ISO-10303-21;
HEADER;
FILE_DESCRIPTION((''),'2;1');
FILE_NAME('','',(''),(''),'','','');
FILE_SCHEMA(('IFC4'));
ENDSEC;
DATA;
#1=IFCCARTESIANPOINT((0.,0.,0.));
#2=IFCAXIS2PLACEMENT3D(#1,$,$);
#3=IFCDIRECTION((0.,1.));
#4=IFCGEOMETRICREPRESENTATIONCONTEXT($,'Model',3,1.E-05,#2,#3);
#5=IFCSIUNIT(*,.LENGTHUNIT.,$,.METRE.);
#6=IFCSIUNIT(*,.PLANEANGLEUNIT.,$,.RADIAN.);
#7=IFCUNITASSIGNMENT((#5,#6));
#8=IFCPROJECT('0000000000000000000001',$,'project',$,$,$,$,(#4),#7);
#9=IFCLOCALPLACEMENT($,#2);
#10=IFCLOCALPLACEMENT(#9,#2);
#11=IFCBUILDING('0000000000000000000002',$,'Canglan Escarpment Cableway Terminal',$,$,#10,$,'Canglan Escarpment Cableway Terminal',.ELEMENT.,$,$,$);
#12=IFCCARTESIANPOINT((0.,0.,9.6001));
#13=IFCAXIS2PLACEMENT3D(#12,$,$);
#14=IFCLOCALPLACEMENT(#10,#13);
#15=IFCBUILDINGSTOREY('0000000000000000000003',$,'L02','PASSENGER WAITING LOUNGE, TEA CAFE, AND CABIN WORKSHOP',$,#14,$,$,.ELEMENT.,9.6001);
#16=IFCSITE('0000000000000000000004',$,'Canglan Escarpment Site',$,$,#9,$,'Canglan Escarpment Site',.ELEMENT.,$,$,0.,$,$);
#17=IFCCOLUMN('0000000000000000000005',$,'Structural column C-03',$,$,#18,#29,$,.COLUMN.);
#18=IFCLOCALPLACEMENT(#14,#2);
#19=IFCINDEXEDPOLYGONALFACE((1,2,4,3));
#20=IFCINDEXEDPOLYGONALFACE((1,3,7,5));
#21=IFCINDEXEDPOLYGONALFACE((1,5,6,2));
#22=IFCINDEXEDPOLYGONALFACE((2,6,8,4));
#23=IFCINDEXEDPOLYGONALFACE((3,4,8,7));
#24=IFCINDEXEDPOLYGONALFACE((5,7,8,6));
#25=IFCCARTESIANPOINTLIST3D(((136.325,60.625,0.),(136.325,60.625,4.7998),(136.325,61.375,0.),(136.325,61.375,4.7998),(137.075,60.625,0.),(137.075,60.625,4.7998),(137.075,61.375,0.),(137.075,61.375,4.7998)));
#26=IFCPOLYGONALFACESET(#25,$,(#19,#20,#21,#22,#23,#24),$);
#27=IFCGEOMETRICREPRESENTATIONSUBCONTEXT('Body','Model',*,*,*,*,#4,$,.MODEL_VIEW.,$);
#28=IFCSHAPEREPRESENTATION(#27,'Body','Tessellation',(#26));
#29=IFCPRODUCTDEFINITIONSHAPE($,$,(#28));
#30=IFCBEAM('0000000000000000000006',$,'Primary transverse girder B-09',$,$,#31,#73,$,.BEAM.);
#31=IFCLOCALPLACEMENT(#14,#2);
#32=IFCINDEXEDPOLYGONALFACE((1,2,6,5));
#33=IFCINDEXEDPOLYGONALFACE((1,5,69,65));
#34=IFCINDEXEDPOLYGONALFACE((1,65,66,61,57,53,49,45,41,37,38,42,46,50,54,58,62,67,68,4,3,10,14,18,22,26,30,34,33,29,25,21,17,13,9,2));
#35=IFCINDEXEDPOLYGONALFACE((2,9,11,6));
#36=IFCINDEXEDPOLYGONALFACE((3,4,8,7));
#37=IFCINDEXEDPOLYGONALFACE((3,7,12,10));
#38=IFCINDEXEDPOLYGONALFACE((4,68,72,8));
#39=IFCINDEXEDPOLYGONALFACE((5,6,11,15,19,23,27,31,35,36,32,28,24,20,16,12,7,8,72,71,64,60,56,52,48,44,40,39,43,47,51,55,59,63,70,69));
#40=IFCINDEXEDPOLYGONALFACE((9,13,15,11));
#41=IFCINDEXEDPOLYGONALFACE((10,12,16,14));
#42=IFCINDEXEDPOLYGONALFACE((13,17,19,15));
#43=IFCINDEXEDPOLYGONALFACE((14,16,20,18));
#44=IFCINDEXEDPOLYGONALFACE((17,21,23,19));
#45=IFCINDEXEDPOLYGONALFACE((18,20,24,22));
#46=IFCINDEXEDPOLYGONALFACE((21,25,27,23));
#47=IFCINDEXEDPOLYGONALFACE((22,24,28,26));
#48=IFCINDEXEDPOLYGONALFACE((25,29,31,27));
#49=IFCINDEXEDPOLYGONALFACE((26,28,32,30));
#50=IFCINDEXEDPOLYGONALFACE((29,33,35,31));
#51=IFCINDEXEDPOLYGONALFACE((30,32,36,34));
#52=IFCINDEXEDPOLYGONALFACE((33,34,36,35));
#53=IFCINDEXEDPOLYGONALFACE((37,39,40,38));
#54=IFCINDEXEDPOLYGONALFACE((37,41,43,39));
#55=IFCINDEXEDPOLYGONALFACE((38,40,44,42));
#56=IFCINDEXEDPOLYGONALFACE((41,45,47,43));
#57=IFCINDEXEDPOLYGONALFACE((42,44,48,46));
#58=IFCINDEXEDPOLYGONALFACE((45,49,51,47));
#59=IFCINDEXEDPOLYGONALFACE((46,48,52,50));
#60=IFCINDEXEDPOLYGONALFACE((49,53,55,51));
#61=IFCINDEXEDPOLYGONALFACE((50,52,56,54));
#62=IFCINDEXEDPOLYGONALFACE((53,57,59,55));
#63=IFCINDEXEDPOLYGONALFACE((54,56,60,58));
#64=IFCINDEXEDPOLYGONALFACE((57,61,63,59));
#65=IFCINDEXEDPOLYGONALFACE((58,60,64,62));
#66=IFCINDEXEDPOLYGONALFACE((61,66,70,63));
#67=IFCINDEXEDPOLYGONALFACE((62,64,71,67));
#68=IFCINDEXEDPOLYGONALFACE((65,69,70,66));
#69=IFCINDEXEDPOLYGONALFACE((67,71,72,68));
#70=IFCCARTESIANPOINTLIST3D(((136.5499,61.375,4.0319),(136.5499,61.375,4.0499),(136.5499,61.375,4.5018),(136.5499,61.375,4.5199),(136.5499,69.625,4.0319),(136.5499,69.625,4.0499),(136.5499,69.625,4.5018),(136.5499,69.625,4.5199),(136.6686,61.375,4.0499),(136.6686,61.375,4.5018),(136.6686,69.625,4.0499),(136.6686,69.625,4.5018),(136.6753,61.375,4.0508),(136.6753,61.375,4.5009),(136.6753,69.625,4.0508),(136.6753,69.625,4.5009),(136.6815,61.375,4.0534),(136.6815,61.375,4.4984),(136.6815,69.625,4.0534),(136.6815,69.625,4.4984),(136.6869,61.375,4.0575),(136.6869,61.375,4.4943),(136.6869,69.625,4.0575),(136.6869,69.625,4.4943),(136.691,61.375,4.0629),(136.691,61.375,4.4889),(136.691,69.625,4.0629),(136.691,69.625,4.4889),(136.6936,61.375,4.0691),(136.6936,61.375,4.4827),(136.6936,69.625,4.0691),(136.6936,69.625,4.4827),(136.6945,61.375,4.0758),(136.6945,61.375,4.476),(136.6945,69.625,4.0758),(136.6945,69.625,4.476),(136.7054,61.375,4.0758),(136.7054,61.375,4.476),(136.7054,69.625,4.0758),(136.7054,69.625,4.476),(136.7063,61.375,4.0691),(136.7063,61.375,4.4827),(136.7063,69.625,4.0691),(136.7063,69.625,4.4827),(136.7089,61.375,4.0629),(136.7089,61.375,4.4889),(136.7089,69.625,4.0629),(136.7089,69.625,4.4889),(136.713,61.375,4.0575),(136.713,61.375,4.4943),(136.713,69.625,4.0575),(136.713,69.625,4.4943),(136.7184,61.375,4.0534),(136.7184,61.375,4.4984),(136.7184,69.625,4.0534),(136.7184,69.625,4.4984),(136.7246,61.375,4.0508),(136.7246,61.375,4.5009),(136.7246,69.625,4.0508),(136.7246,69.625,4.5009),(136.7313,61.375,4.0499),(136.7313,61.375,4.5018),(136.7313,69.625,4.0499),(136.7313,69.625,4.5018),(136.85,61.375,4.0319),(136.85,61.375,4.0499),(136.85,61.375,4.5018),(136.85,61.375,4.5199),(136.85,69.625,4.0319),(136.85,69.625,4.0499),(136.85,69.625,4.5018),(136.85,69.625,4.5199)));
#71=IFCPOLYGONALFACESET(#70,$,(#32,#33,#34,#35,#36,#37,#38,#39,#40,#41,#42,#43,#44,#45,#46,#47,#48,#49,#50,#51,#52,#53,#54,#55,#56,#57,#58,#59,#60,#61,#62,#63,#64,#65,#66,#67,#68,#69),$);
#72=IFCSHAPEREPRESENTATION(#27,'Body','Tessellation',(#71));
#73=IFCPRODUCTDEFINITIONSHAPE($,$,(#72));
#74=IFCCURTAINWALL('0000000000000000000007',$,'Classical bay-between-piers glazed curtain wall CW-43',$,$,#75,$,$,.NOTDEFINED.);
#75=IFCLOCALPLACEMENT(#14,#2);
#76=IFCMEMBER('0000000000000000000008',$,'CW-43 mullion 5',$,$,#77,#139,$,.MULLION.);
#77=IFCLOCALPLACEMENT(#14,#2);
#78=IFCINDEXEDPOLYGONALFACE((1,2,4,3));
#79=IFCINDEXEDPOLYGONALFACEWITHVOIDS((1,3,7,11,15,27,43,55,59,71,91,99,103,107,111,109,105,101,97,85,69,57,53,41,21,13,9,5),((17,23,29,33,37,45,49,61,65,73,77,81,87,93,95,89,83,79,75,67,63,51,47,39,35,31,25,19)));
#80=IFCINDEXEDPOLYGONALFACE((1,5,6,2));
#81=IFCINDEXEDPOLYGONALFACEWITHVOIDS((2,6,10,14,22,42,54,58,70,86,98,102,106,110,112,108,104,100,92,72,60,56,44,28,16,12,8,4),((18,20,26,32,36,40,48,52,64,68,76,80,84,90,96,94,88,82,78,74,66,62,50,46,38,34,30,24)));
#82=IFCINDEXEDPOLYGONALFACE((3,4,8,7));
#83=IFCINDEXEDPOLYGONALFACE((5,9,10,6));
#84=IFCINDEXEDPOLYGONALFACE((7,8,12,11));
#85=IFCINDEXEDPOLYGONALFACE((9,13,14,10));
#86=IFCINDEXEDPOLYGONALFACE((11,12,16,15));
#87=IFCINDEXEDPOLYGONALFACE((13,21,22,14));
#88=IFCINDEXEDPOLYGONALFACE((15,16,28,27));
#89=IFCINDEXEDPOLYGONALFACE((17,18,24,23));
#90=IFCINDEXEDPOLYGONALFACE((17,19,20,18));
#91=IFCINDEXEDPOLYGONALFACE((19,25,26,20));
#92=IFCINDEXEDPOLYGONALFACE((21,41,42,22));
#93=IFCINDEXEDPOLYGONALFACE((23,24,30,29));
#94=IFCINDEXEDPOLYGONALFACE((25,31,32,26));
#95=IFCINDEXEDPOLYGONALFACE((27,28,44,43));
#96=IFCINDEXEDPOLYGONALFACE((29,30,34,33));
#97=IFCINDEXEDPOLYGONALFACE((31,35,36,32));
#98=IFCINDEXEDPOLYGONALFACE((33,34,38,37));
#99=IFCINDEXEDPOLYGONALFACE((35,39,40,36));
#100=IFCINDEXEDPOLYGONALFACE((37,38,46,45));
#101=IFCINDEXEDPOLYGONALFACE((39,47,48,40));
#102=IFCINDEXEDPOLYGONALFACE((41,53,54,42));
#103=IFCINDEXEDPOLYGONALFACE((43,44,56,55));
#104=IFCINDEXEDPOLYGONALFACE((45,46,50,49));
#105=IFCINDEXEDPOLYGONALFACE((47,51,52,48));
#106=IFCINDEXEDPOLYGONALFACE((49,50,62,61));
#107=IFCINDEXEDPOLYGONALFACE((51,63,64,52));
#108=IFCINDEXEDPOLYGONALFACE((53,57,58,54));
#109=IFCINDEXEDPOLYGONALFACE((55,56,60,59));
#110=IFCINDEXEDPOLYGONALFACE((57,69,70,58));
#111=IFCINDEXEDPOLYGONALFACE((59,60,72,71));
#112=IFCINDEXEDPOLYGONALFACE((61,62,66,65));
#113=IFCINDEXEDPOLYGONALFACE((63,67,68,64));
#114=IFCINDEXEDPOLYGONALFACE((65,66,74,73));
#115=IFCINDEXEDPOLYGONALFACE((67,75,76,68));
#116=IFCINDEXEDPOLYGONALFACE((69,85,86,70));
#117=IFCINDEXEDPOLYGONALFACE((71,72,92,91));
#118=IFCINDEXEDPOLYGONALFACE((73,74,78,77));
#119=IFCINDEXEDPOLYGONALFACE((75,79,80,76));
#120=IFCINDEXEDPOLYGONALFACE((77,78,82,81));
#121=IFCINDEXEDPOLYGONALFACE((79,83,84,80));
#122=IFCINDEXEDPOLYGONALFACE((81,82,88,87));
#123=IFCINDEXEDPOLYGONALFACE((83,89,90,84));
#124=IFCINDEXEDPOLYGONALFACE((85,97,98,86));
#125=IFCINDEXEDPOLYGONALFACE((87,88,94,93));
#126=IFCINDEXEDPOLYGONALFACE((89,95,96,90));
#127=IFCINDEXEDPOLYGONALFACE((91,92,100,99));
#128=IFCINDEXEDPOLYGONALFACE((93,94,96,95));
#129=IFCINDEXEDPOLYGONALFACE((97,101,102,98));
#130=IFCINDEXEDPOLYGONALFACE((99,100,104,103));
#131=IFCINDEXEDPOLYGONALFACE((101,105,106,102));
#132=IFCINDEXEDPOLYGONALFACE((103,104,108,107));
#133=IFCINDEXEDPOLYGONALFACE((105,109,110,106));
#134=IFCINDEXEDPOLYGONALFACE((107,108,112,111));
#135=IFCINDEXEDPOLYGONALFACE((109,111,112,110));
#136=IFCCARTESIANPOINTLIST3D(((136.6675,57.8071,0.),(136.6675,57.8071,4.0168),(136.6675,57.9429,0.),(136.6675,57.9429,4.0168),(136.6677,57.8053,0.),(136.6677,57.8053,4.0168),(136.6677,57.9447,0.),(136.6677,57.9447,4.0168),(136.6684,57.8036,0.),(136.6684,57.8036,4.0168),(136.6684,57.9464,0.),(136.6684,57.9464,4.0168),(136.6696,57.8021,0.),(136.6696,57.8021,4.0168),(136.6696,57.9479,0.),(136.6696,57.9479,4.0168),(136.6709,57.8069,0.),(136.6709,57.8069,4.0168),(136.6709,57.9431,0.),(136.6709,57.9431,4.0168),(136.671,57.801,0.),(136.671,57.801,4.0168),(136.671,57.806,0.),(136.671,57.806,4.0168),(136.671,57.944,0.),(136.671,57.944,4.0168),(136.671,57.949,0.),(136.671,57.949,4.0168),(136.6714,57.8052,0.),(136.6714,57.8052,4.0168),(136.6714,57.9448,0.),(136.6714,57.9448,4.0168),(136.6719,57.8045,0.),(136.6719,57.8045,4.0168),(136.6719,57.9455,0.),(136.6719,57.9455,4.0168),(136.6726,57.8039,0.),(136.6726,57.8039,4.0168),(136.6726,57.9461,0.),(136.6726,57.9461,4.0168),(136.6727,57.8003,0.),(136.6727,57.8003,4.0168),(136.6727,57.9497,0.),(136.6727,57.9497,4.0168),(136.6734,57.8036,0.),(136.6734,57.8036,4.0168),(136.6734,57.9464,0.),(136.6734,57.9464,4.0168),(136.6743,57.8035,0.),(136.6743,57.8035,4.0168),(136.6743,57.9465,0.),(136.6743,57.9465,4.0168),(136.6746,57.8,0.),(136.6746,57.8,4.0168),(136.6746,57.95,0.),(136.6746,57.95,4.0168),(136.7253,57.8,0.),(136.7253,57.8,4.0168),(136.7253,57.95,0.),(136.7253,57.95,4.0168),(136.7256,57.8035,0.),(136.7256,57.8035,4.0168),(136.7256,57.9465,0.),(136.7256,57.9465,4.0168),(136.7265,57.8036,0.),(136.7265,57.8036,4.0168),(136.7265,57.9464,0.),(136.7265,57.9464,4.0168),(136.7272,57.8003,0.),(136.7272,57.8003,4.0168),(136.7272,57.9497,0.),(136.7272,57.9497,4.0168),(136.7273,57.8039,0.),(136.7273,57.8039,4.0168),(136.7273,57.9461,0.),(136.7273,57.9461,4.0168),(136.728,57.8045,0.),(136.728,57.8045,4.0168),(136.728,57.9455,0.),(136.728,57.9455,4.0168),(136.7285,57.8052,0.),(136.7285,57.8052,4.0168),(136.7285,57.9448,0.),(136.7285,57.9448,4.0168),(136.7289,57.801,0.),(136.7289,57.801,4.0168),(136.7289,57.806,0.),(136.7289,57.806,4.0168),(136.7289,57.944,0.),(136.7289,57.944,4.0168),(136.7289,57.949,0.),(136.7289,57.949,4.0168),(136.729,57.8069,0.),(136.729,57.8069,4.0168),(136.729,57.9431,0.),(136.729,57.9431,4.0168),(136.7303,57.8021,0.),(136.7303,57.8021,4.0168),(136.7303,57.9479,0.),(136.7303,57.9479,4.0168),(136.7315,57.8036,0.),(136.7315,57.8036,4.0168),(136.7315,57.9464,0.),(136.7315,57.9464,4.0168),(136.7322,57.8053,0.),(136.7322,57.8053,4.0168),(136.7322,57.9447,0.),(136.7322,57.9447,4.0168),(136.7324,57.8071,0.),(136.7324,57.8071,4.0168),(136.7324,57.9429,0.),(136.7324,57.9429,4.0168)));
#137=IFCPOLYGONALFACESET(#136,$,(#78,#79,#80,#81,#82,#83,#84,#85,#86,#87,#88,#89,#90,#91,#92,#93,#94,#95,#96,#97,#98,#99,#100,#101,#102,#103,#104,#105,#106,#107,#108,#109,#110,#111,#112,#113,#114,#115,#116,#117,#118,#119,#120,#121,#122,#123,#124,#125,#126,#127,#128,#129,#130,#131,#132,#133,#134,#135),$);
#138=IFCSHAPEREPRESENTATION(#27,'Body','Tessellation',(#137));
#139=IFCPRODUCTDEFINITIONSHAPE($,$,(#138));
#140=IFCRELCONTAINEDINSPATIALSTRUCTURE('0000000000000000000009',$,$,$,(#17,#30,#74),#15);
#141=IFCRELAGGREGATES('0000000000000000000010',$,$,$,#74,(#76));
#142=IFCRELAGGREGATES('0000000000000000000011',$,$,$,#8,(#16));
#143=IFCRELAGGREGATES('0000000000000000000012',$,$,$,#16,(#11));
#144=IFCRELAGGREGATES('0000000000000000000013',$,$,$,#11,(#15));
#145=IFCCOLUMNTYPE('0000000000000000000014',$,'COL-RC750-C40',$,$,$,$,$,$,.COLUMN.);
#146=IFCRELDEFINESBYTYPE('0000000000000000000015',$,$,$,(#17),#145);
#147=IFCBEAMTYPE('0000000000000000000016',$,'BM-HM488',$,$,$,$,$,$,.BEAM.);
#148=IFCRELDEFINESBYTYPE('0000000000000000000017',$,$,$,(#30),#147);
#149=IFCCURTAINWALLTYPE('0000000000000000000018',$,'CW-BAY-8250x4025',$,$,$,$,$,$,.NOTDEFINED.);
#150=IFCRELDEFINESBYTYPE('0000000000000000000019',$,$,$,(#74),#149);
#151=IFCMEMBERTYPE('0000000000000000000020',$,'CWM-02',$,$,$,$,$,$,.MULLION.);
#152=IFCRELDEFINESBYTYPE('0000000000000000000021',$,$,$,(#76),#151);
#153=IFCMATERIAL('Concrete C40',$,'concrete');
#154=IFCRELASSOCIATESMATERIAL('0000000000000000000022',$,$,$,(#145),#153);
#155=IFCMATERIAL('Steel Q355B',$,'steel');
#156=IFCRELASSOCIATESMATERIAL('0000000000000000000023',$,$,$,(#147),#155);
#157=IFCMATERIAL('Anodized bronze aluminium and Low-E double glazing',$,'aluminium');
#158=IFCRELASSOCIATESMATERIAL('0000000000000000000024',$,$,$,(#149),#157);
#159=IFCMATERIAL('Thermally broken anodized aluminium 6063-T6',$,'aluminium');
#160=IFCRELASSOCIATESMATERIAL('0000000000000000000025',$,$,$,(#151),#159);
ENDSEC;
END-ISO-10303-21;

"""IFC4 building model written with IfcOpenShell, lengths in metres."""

from ifc_helpers import new_model, si_unit, direction, frame, origin, origin_2d, place, context, subcontext, project, spatial, rectangle, hollow_rectangle, i_section, extrude, material, material_profile, profile_set, type_object, element, aggregate, save


model = new_model("IFC4")

# Units and contexts
model_context = context("Model", 3, precision=1e-05, world=origin(), true_north=direction((0.0, 1.0)))
body_context = subcontext(model_context, "Body", "Model", "MODEL_VIEW")
ifc_project = project(units=[si_unit("LENGTHUNIT", "METRE"), si_unit("PLANEANGLEUNIT", "RADIAN")], contexts=[model_context])

# Site, building, storey
site_placement = place(None, origin())
site = spatial("IfcSite", under=ifc_project, at=site_placement, Name="Canglan Escarpment Site", LongName="Canglan Escarpment Site", CompositionType="ELEMENT", RefElevation=0.0)
building_placement = place(site_placement, origin())
building = spatial("IfcBuilding", under=site, at=building_placement, Name="Canglan Escarpment Cableway Terminal", LongName="Canglan Escarpment Cableway Terminal", CompositionType="ELEMENT")
storey_placement = place(building_placement, frame((0.0, 0.0, 9.6001)))
storey = spatial("IfcBuildingStorey", under=building, at=storey_placement, Name="L02", Description="PASSENGER WAITING LOUNGE, TEA CAFE, AND CABIN WORKSHOP", CompositionType="ELEMENT", Elevation=9.6001)

# Column
ifc_material_1 = material(Name="Concrete C40", Category="concrete")
ifc_material_profile_1 = material_profile(ifc_material_1, rectangle(XDim=0.75, YDim=0.75, at=origin_2d()), Name="RC 750x750")
ifc_profile_set_1 = profile_set([ifc_material_profile_1], Name="Concrete C40")
column_type = type_object("IfcColumnType", Name="COL-RC750-C40", PredefinedType="COLUMN", material=ifc_profile_set_1)
column_placement = place(storey_placement, frame((136.7, 61.0, 0.0), z_axis=(0.0, 0.0, 1.0), x_axis=(1.0, 0.0, 0.0)))
element("IfcColumn", 1, at=column_placement, inside=storey, type_object=column_type, Name="Structural column C-03", PredefinedType="COLUMN", context=body_context, shape_type="SweptSolid", body=[
    extrude(rectangle(XDim=0.75, YDim=0.75, at=origin_2d()), origin(), (0.0, 0.0, 1.0), 4.7998),
])

# Beam
ifc_material_2 = material(Name="Steel Q355B", Category="steel")
ifc_material_profile_2 = material_profile(ifc_material_2, i_section(OverallWidth=0.3, OverallDepth=0.488, WebThickness=0.011, FlangeThickness=0.0181, FilletRadius=0.0259, at=origin_2d()), Name="HM 488x300x11x18")
ifc_profile_set_2 = profile_set([ifc_material_profile_2], Name="Steel Q355B")
beam_type = type_object("IfcBeamType", Name="BM-HM488", PredefinedType="BEAM", material=ifc_profile_set_2)
beam_placement = place(storey_placement, frame((136.7, 61.375, 4.2759), z_axis=(0.0, 1.0, 0.0), x_axis=(-1.0, 0.0, 0.0)))
element("IfcBeam", 2, at=beam_placement, inside=storey, type_object=beam_type, Name="Primary transverse girder B-09", PredefinedType="BEAM", context=body_context, shape_type="SweptSolid", body=[
    extrude(i_section(OverallWidth=0.3, OverallDepth=0.488, WebThickness=0.011, FlangeThickness=0.0181, FilletRadius=0.0259, at=origin_2d()), origin(), (0.0, 0.0, 1.0), 8.25),
])

# Curtain wall, member
ifc_material_3 = material(Name="Anodized bronze aluminium and Low-E double glazing", Category="aluminium")
curtain_wall_type = type_object("IfcCurtainWallType", Name="CW-BAY-8250x4025", PredefinedType="NOTDEFINED", material=ifc_material_3)
curtain_wall_1_placement = place(storey_placement, origin())
curtain_wall_1 = element("IfcCurtainWall", 3, at=curtain_wall_1_placement, inside=storey, type_object=curtain_wall_type, Name="Classical bay-between-piers glazed curtain wall CW-43", PredefinedType="NOTDEFINED")
ifc_material_4 = material(Name="Thermally broken anodized aluminium 6063-T6", Category="aluminium")
ifc_material_profile_3 = material_profile(ifc_material_4, hollow_rectangle(XDim=0.0649, YDim=0.1499, WallThickness=0.0034, InnerFilletRadius=0.0034, OuterFilletRadius=0.0071, at=origin_2d()), Name="ALU-MULL 65x150x3.5")
ifc_profile_set_3 = profile_set([ifc_material_profile_3], Name="Thermally broken anodized aluminium 6063-T6")
member_type_1 = type_object("IfcMemberType", Name="CWM-02", PredefinedType="MULLION", material=ifc_profile_set_3)
member_1_placement = place(storey_placement, frame((136.7, 57.875, 0.0), z_axis=(0.0, 0.0, 1.0), x_axis=(-1.0, 0.0, 0.0)))
member_1 = element("IfcMember", 4, at=member_1_placement, type_object=member_type_1, Name="CW-43 mullion 5", PredefinedType="MULLION", context=body_context, shape_type="SweptSolid", body=[
    extrude(hollow_rectangle(XDim=0.0649, YDim=0.1499, WallThickness=0.0034, InnerFilletRadius=0.0034, OuterFilletRadius=0.0071, at=origin_2d()), origin(), (0.0, 0.0, 1.0), 4.0168),
])

aggregate(curtain_wall_1, [member_1])

save(model, "model.ifc")
